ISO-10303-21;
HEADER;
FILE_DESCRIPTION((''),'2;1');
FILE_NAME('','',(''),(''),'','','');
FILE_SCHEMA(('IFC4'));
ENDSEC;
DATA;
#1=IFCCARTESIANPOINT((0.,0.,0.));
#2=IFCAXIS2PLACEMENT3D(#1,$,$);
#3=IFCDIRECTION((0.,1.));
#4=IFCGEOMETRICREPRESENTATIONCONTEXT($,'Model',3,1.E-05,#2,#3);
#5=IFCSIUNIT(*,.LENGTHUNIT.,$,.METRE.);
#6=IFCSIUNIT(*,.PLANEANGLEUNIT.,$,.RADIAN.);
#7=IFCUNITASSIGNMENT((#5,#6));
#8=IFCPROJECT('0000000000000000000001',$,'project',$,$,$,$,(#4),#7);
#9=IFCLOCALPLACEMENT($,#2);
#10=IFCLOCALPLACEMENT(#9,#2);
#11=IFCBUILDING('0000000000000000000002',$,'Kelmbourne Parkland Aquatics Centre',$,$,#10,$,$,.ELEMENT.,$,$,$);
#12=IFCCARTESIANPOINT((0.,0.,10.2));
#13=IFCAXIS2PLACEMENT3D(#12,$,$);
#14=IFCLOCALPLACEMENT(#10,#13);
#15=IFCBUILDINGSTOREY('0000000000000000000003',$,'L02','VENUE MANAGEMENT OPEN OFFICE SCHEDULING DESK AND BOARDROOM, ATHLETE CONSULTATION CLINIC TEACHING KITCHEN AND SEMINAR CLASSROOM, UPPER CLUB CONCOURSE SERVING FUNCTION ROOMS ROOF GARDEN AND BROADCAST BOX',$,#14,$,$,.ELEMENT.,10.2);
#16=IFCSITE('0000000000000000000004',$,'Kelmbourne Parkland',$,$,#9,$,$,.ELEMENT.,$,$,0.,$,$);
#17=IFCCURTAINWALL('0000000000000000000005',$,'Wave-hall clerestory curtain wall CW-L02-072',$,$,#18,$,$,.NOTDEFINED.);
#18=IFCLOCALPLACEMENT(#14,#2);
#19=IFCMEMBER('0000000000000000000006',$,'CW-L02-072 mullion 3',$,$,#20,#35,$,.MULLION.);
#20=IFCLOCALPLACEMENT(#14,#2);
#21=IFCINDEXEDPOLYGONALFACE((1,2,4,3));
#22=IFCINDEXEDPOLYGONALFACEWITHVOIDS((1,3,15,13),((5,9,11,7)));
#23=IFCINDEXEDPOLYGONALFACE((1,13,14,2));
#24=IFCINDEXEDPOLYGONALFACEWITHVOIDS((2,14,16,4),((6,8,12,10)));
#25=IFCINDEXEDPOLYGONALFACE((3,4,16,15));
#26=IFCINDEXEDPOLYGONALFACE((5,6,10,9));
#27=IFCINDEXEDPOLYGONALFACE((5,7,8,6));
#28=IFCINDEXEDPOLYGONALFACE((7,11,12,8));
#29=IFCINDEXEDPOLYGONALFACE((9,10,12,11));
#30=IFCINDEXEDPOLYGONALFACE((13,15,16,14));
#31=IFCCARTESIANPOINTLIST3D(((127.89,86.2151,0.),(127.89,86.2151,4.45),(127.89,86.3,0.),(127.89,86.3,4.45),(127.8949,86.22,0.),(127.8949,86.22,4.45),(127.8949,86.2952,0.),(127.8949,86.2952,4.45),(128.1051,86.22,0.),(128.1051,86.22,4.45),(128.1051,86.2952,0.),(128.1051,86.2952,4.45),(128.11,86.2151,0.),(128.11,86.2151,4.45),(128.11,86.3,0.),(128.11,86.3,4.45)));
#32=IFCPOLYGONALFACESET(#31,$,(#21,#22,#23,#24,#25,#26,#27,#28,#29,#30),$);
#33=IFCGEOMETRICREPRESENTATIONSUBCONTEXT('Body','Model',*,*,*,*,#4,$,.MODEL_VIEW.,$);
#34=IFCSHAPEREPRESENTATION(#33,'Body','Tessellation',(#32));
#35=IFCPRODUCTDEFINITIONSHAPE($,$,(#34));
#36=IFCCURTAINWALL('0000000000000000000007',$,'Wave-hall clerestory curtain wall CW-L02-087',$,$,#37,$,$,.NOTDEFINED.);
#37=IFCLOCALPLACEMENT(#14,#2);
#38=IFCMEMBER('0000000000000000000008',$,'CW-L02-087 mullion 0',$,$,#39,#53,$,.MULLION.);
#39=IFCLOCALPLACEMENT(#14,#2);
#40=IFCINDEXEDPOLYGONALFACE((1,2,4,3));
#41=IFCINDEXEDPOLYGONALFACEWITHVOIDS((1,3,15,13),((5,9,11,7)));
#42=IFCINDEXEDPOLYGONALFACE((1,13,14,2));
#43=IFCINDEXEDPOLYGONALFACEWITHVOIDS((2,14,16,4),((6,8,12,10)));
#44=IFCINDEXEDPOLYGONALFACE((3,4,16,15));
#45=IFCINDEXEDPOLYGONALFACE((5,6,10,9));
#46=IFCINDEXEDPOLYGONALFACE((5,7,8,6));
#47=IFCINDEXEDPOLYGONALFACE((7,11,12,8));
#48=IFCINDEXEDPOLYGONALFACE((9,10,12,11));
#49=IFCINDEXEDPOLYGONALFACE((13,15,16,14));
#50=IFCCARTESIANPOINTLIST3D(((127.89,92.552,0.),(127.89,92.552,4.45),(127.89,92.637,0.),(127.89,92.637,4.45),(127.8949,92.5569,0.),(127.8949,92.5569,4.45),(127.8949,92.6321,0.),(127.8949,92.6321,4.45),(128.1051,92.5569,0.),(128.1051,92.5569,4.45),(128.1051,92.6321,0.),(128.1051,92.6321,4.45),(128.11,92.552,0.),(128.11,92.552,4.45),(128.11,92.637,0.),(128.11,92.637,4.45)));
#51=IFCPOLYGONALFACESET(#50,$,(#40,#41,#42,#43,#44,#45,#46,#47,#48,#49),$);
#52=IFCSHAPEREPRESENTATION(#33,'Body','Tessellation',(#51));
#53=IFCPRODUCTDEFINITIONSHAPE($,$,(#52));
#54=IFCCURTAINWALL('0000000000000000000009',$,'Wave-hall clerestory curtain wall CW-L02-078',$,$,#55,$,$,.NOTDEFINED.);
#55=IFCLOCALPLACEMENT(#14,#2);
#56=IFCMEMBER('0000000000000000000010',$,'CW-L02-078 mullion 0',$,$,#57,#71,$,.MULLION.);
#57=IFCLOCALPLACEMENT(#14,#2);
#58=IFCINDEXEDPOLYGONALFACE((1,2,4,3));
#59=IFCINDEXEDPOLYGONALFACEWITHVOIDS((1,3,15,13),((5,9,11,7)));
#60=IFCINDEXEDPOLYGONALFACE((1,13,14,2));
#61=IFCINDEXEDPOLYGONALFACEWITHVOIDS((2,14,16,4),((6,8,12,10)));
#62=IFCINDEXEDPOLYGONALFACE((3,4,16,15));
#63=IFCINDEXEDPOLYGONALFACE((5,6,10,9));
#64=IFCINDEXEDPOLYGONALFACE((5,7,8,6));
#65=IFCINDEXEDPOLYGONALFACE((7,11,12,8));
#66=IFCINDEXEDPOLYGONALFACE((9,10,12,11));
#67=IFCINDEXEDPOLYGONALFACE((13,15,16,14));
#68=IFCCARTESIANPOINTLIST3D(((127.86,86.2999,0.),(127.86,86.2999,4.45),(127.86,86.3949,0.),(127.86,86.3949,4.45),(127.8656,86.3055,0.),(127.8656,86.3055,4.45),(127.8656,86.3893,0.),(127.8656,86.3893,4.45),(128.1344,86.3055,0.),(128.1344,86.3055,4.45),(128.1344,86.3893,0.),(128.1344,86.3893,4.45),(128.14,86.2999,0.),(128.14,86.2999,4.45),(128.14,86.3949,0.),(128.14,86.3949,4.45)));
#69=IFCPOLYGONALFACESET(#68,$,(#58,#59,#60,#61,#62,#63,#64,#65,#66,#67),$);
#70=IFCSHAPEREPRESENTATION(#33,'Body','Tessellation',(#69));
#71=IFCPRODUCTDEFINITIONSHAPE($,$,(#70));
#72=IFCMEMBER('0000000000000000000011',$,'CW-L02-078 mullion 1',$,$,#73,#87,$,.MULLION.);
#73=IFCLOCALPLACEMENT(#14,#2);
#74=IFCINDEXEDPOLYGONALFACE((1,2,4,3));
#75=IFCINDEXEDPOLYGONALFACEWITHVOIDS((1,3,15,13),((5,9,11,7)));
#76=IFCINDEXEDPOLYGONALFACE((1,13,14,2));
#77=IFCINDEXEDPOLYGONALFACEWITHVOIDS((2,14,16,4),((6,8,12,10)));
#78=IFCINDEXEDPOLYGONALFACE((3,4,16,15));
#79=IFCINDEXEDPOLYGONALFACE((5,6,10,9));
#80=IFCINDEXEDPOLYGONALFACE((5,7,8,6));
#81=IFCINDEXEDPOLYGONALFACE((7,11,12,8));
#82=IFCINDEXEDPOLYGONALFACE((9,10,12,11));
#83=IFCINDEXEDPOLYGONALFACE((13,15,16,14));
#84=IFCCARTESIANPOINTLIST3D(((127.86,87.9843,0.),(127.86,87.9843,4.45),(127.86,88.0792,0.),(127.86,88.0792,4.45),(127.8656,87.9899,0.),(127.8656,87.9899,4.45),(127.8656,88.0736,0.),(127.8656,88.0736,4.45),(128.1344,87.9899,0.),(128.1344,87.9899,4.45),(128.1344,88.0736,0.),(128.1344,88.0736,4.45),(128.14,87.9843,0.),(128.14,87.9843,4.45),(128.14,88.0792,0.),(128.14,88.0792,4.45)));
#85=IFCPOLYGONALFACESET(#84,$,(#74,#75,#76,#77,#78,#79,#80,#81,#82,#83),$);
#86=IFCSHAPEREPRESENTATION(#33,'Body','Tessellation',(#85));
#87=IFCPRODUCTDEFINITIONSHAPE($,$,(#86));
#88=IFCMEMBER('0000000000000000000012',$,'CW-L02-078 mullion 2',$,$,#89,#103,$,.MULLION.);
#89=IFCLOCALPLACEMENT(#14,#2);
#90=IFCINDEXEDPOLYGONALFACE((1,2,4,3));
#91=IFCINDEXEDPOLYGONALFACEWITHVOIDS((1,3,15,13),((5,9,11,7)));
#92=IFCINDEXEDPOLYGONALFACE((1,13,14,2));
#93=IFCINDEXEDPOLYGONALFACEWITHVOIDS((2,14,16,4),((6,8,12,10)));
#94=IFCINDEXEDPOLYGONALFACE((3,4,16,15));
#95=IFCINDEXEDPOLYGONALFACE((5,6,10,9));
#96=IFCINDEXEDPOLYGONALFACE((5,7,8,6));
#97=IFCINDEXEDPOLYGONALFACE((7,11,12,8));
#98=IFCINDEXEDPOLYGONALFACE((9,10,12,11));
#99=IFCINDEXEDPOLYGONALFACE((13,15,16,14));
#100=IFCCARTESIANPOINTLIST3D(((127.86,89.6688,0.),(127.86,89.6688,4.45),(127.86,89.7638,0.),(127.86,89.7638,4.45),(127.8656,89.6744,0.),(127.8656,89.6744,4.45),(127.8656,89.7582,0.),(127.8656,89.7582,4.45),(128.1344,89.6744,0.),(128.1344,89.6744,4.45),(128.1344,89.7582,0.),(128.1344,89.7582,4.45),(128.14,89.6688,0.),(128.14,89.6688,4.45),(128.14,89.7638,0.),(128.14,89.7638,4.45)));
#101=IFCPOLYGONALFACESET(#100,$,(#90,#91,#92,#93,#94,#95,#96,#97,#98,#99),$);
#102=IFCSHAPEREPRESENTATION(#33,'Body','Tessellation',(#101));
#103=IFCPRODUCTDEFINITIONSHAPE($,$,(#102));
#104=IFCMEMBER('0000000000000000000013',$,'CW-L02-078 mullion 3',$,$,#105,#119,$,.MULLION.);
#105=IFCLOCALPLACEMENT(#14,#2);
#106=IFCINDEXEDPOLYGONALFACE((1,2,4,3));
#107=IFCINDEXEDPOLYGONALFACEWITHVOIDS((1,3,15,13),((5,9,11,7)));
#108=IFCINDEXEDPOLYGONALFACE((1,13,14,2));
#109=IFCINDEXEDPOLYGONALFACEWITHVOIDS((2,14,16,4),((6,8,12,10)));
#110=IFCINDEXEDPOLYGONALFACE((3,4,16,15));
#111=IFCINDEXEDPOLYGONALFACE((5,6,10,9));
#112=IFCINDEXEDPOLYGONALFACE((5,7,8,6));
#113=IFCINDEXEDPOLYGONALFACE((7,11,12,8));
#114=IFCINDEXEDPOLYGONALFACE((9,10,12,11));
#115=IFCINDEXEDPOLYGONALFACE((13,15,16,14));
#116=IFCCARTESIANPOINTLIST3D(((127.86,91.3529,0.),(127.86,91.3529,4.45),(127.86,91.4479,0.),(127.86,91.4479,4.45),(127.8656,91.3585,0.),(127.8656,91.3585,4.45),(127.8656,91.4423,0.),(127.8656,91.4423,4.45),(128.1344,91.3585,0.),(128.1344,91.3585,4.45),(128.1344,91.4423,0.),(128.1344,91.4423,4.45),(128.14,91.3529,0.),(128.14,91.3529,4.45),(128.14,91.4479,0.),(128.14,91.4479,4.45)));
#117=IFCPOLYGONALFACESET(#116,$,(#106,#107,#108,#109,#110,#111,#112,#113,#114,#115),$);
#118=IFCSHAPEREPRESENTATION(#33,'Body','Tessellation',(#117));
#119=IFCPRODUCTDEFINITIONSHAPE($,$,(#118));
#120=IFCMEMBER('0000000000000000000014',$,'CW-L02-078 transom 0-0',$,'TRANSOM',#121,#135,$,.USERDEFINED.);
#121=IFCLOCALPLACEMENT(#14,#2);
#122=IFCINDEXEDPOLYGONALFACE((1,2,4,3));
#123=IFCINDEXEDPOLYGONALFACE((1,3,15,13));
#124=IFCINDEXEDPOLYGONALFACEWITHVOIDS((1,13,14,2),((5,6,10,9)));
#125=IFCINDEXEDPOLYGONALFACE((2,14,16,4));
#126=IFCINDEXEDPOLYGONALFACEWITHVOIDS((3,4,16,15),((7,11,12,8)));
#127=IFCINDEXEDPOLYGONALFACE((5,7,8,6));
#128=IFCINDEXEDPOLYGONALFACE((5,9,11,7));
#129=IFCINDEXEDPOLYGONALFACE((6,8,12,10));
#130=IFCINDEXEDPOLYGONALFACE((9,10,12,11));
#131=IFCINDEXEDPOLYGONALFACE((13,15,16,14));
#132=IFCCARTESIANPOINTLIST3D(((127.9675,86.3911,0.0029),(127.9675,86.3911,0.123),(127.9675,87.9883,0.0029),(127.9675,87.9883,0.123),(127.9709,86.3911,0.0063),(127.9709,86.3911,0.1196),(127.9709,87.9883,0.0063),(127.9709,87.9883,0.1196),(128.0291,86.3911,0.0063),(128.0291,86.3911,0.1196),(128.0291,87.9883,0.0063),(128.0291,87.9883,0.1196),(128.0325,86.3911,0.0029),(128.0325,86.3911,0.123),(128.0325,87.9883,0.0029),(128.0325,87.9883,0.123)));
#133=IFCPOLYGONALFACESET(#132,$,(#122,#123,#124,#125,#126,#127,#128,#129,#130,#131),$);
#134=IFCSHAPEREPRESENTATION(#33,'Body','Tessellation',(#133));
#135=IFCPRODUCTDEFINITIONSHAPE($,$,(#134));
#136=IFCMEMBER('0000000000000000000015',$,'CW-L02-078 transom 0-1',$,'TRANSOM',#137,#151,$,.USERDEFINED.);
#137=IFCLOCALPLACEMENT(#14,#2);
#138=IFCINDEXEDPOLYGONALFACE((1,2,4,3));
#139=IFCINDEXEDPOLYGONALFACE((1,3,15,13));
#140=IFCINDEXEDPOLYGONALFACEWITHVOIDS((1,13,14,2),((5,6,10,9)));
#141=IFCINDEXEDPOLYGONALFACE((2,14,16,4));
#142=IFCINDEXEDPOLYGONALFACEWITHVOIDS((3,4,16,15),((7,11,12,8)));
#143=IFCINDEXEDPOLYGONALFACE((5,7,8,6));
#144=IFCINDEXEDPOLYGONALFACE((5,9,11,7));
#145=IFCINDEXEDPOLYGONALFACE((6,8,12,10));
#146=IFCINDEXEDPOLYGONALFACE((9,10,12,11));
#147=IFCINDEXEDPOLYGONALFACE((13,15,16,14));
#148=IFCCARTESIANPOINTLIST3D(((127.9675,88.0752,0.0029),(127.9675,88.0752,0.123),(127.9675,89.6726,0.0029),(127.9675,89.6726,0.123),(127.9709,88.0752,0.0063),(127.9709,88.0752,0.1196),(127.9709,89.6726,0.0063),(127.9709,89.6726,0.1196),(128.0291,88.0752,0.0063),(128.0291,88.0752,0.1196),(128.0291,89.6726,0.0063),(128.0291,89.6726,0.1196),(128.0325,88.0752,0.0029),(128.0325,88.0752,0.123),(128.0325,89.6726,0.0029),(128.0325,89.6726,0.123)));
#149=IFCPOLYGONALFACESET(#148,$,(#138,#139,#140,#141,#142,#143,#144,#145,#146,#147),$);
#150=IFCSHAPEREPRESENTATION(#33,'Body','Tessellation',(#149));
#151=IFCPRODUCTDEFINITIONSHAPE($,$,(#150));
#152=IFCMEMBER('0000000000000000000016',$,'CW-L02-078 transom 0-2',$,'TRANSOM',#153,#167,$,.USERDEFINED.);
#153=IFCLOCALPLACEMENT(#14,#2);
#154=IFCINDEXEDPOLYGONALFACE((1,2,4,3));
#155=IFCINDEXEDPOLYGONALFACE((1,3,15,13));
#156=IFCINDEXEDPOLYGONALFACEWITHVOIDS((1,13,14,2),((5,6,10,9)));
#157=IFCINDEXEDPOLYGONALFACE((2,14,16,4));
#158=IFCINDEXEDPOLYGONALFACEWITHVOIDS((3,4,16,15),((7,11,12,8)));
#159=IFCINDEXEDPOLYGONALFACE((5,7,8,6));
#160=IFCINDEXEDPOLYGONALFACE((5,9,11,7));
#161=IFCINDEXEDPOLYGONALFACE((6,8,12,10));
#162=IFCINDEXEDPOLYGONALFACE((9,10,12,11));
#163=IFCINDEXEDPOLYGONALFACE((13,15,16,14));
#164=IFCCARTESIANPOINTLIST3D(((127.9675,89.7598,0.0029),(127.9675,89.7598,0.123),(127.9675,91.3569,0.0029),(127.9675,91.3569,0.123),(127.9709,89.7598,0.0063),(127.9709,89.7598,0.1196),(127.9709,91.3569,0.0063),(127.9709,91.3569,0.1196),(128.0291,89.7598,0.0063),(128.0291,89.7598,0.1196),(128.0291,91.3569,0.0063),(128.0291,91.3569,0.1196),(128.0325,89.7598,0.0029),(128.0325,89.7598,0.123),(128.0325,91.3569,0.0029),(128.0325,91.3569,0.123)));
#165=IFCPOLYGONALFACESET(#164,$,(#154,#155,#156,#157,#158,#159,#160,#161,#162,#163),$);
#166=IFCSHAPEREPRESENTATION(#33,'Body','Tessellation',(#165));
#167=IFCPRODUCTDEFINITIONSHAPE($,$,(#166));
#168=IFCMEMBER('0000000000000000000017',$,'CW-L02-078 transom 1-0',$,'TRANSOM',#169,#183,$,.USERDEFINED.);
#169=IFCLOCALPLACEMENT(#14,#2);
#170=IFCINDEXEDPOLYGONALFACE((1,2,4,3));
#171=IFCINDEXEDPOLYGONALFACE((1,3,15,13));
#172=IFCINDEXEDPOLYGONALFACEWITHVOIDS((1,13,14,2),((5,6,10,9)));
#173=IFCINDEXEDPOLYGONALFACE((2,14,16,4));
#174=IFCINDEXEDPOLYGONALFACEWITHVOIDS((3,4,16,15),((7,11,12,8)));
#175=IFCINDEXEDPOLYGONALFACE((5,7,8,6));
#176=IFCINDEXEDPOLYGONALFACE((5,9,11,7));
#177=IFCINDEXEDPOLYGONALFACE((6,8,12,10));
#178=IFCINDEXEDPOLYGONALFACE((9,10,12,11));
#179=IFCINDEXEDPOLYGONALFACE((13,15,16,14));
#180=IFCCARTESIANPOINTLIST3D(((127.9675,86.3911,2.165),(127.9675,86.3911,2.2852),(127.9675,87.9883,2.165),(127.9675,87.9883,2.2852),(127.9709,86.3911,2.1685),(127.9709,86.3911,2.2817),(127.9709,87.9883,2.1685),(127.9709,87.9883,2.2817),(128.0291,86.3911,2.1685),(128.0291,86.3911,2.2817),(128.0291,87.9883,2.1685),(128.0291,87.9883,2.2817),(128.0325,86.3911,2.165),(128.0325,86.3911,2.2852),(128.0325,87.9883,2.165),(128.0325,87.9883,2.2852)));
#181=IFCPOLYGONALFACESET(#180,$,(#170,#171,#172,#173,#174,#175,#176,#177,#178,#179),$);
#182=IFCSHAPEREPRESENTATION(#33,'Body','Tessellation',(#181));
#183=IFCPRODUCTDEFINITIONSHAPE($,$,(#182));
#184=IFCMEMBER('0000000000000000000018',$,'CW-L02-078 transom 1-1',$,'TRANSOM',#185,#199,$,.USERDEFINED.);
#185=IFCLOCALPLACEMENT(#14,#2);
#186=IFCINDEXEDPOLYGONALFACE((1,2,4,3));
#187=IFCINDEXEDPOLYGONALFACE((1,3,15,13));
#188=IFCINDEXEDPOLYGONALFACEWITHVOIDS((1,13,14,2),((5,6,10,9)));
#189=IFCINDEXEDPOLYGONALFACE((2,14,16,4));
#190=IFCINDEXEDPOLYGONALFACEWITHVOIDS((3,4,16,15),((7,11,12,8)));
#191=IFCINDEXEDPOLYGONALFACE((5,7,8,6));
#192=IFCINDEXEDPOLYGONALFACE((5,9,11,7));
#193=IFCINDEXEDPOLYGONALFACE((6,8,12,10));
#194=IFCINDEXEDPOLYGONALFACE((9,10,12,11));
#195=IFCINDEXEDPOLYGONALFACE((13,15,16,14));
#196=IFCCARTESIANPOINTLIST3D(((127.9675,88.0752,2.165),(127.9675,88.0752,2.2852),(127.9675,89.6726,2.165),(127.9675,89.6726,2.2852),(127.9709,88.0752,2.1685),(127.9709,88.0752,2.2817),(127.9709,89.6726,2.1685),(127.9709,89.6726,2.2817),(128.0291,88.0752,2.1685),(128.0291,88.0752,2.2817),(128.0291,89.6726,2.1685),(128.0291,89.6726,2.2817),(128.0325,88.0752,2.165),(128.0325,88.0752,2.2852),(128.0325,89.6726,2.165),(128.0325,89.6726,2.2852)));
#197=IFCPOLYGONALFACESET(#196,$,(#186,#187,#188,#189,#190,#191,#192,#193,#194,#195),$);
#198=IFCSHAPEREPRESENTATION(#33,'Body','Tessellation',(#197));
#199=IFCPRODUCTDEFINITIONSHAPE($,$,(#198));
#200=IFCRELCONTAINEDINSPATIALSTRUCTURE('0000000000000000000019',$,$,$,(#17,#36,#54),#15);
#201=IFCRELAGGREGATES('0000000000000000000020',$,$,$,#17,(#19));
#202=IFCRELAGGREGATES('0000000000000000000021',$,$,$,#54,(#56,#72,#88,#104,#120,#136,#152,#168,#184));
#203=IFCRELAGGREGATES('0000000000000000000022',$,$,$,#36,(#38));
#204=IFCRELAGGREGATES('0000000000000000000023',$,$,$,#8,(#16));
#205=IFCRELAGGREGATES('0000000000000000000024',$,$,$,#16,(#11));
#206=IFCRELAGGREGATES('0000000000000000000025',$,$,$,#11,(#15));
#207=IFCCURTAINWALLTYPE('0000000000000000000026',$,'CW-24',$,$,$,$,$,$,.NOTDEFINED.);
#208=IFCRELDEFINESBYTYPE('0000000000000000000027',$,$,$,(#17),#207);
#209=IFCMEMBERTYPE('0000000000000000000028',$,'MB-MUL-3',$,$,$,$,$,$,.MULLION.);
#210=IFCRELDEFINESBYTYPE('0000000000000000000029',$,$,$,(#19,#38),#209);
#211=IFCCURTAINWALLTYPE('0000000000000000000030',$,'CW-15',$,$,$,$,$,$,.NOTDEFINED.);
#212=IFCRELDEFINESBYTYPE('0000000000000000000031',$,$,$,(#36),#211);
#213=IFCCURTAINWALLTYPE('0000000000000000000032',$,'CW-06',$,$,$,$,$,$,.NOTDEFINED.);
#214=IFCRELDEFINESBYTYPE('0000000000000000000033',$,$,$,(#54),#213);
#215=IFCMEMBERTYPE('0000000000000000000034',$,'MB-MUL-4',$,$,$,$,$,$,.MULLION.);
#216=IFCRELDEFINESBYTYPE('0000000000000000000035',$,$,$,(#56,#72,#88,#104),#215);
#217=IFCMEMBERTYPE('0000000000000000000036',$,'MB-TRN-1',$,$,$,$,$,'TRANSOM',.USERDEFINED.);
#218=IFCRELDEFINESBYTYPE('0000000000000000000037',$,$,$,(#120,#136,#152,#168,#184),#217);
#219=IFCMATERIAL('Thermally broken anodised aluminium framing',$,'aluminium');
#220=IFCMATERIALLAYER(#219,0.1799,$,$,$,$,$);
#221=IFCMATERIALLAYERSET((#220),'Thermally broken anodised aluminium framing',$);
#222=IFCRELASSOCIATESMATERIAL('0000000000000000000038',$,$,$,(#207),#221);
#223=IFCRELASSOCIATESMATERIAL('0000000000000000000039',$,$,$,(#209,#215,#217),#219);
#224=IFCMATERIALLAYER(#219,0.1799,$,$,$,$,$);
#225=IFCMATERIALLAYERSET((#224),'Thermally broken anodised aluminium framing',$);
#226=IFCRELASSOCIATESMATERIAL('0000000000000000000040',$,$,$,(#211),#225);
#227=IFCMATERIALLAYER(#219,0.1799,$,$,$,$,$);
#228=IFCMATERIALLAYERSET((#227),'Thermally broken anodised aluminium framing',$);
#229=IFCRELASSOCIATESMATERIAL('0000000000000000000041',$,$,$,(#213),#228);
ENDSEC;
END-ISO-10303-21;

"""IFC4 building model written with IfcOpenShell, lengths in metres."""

from ifc_helpers import new_model, si_unit, direction, frame, origin, origin_2d, place, context, subcontext, project, spatial, hollow_rectangle, extrude, material, layer, layer_set, material_profile, profile_set, type_object, element, aggregate, save


model = new_model("IFC4")

# Units and contexts
model_context = context("Model", 3, precision=1e-05, world=origin(), true_north=direction((0.0, 1.0)))
body_context = subcontext(model_context, "Body", "Model", "MODEL_VIEW")
ifc_project = project(units=[si_unit("LENGTHUNIT", "METRE"), si_unit("PLANEANGLEUNIT", "RADIAN")], contexts=[model_context])

# Site, building, storey
site_placement = place(None, origin())
site = spatial("IfcSite", under=ifc_project, at=site_placement, Name="Kelmbourne Parkland", CompositionType="ELEMENT", RefElevation=0.0)
building_placement = place(site_placement, origin())
building = spatial("IfcBuilding", under=site, at=building_placement, Name="Kelmbourne Parkland Aquatics Centre", CompositionType="ELEMENT")
storey_placement = place(building_placement, frame((0.0, 0.0, 10.2)))
storey = spatial("IfcBuildingStorey", under=building, at=storey_placement, Name="L02", Description="VENUE MANAGEMENT OPEN OFFICE SCHEDULING DESK AND BOARDROOM, ATHLETE CONSULTATION CLINIC TEACHING KITCHEN AND SEMINAR CLASSROOM, UPPER CLUB CONCOURSE SERVING FUNCTION ROOMS ROOF GARDEN AND BROADCAST BOX", CompositionType="ELEMENT", Elevation=10.2)

# Curtain walls, members
ifc_material_1 = material(Name="Thermally broken anodised aluminium framing", Category="aluminium")
ifc_layer_1 = layer(ifc_material_1, 0.1799)
ifc_layer_set_1 = layer_set([ifc_layer_1], Name="Thermally broken anodised aluminium framing")
curtain_wall_type_1 = type_object("IfcCurtainWallType", Name="CW-24", PredefinedType="NOTDEFINED", material=ifc_layer_set_1)
curtain_wall_1_placement = place(storey_placement, origin())
curtain_wall_1 = element("IfcCurtainWall", 1, at=curtain_wall_1_placement, inside=storey, type_object=curtain_wall_type_1, Name="Wave-hall clerestory curtain wall CW-L02-072", PredefinedType="NOTDEFINED")
ifc_material_profile_1 = material_profile(ifc_material_1, hollow_rectangle(XDim=0.085, YDim=0.22, WallThickness=0.0049, at=origin_2d()), Name="CW-M 85x220")
ifc_profile_set_1 = profile_set([ifc_material_profile_1], Name="Thermally broken anodised aluminium framing")
member_type_1 = type_object("IfcMemberType", Name="MB-MUL-3", PredefinedType="MULLION", material=ifc_profile_set_1)
member_1_placement = place(storey_placement, frame((128.0, 86.2576, 0.0), z_axis=(0.0, 0.0, 1.0), x_axis=(0.0, 1.0, 0.0)))
member_1 = element("IfcMember", 2, at=member_1_placement, type_object=member_type_1, Name="CW-L02-072 mullion 3", PredefinedType="MULLION", context=body_context, shape_type="SweptSolid", body=[
    extrude(hollow_rectangle(XDim=0.085, YDim=0.22, WallThickness=0.0049, at=origin_2d()), origin(), (0.0, 0.0, 1.0), 4.45),
])
ifc_layer_2 = layer(ifc_material_1, 0.1799)
ifc_layer_set_2 = layer_set([ifc_layer_2], Name="Thermally broken anodised aluminium framing")
curtain_wall_type_2 = type_object("IfcCurtainWallType", Name="CW-15", PredefinedType="NOTDEFINED", material=ifc_layer_set_2)
curtain_wall_2_placement = place(storey_placement, origin())
curtain_wall_2 = element("IfcCurtainWall", 3, at=curtain_wall_2_placement, inside=storey, type_object=curtain_wall_type_2, Name="Wave-hall clerestory curtain wall CW-L02-087", PredefinedType="NOTDEFINED")
member_2_placement = place(storey_placement, frame((128.0, 92.5945, 0.0), z_axis=(0.0, 0.0, 1.0), x_axis=(0.0, 1.0, 0.0)))
member_2 = element("IfcMember", 4, at=member_2_placement, type_object=member_type_1, Name="CW-L02-087 mullion 0", PredefinedType="MULLION", context=body_context, shape_type="SweptSolid", body=[
    extrude(hollow_rectangle(XDim=0.085, YDim=0.22, WallThickness=0.0049, at=origin_2d()), origin(), (0.0, 0.0, 1.0), 4.45),
])

# Curtain wall, members
ifc_layer_3 = layer(ifc_material_1, 0.1799)
ifc_layer_set_3 = layer_set([ifc_layer_3], Name="Thermally broken anodised aluminium framing")
curtain_wall_type_3 = type_object("IfcCurtainWallType", Name="CW-06", PredefinedType="NOTDEFINED", material=ifc_layer_set_3)
curtain_wall_3_placement = place(storey_placement, origin())
curtain_wall_3 = element("IfcCurtainWall", 5, at=curtain_wall_3_placement, inside=storey, type_object=curtain_wall_type_3, Name="Wave-hall clerestory curtain wall CW-L02-078", PredefinedType="NOTDEFINED")
ifc_material_profile_2 = material_profile(ifc_material_1, hollow_rectangle(XDim=0.095, YDim=0.28, WallThickness=0.0056, at=origin_2d()), Name="CW-M 95x280")
ifc_profile_set_2 = profile_set([ifc_material_profile_2], Name="Thermally broken anodised aluminium framing")
member_type_2 = type_object("IfcMemberType", Name="MB-MUL-4", PredefinedType="MULLION", material=ifc_profile_set_2)
member_3_placement = place(storey_placement, frame((128.0, 86.3474, 0.0), z_axis=(0.0, 0.0, 1.0), x_axis=(0.0, 1.0, 0.0)))
member_3 = element("IfcMember", 6, at=member_3_placement, type_object=member_type_2, Name="CW-L02-078 mullion 0", PredefinedType="MULLION", context=body_context, shape_type="SweptSolid", body=[
    extrude(hollow_rectangle(XDim=0.095, YDim=0.28, WallThickness=0.0056, at=origin_2d()), origin(), (0.0, 0.0, 1.0), 4.45),
])
member_4_placement = place(storey_placement, frame((128.0, 88.0317, 0.0), z_axis=(0.0, 0.0, 1.0), x_axis=(0.0, 1.0, 0.0)))
member_4 = element("IfcMember", 7, at=member_4_placement, type_object=member_type_2, Name="CW-L02-078 mullion 1", PredefinedType="MULLION", context=body_context, shape_type="SweptSolid", body=[
    extrude(hollow_rectangle(XDim=0.095, YDim=0.28, WallThickness=0.0056, at=origin_2d()), origin(), (0.0, 0.0, 1.0), 4.45),
])
member_5_placement = place(storey_placement, frame((128.0, 89.7163, 0.0), z_axis=(0.0, 0.0, 1.0), x_axis=(0.0, 1.0, 0.0)))
member_5 = element("IfcMember", 8, at=member_5_placement, type_object=member_type_2, Name="CW-L02-078 mullion 2", PredefinedType="MULLION", context=body_context, shape_type="SweptSolid", body=[
    extrude(hollow_rectangle(XDim=0.095, YDim=0.28, WallThickness=0.0056, at=origin_2d()), origin(), (0.0, 0.0, 1.0), 4.45),
])
member_6_placement = place(storey_placement, frame((128.0, 91.4004, 0.0), z_axis=(0.0, 0.0, 1.0), x_axis=(0.0, 1.0, 0.0)))
member_6 = element("IfcMember", 9, at=member_6_placement, type_object=member_type_2, Name="CW-L02-078 mullion 3", PredefinedType="MULLION", context=body_context, shape_type="SweptSolid", body=[
    extrude(hollow_rectangle(XDim=0.095, YDim=0.28, WallThickness=0.0056, at=origin_2d()), origin(), (0.0, 0.0, 1.0), 4.45),
])
ifc_material_profile_3 = material_profile(ifc_material_1, hollow_rectangle(XDim=0.0649, YDim=0.1201, WallThickness=0.0034, at=origin_2d()), Name="CW-T 65x120")
ifc_profile_set_3 = profile_set([ifc_material_profile_3], Name="Thermally broken anodised aluminium framing")
member_type_3 = type_object("IfcMemberType", Name="MB-TRN-1", ElementType="TRANSOM", PredefinedType="USERDEFINED", material=ifc_profile_set_3)
member_7_placement = place(storey_placement, frame((128.0, 86.3911, 0.063), z_axis=(0.0, 1.0, 0.0), x_axis=(-1.0, 0.0, 0.0)))
member_7 = element("IfcMember", 10, at=member_7_placement, type_object=member_type_3, Name="CW-L02-078 transom 0-0", ObjectType="TRANSOM", PredefinedType="USERDEFINED", context=body_context, shape_type="SweptSolid", body=[
    extrude(hollow_rectangle(XDim=0.0649, YDim=0.1201, WallThickness=0.0034, at=origin_2d()), origin(), (0.0, 0.0, 1.0), 1.5972),
])
member_8_placement = place(storey_placement, frame((128.0, 88.0752, 0.063), z_axis=(0.0, 1.0, 0.0), x_axis=(-1.0, 0.0, 0.0)))
member_8 = element("IfcMember", 11, at=member_8_placement, type_object=member_type_3, Name="CW-L02-078 transom 0-1", ObjectType="TRANSOM", PredefinedType="USERDEFINED", context=body_context, shape_type="SweptSolid", body=[
    extrude(hollow_rectangle(XDim=0.0649, YDim=0.1201, WallThickness=0.0034, at=origin_2d()), origin(), (0.0, 0.0, 1.0), 1.5974),
])
member_9_placement = place(storey_placement, frame((128.0, 89.7598, 0.063), z_axis=(0.0, 1.0, 0.0), x_axis=(-1.0, 0.0, 0.0)))
member_9 = element("IfcMember", 12, at=member_9_placement, type_object=member_type_3, Name="CW-L02-078 transom 0-2", ObjectType="TRANSOM", PredefinedType="USERDEFINED", context=body_context, shape_type="SweptSolid", body=[
    extrude(hollow_rectangle(XDim=0.0649, YDim=0.1201, WallThickness=0.0034, at=origin_2d()), origin(), (0.0, 0.0, 1.0), 1.5972),
])
member_10_placement = place(storey_placement, frame((128.0, 86.3911, 2.2251), z_axis=(0.0, 1.0, 0.0), x_axis=(-1.0, 0.0, 0.0)))
member_10 = element("IfcMember", 13, at=member_10_placement, type_object=member_type_3, Name="CW-L02-078 transom 1-0", ObjectType="TRANSOM", PredefinedType="USERDEFINED", context=body_context, shape_type="SweptSolid", body=[
    extrude(hollow_rectangle(XDim=0.0649, YDim=0.1201, WallThickness=0.0034, at=origin_2d()), origin(), (0.0, 0.0, 1.0), 1.5972),
])
member_11_placement = place(storey_placement, frame((128.0, 88.0752, 2.2251), z_axis=(0.0, 1.0, 0.0), x_axis=(-1.0, 0.0, 0.0)))
member_11 = element("IfcMember", 14, at=member_11_placement, type_object=member_type_3, Name="CW-L02-078 transom 1-1", ObjectType="TRANSOM", PredefinedType="USERDEFINED", context=body_context, shape_type="SweptSolid", body=[
    extrude(hollow_rectangle(XDim=0.0649, YDim=0.1201, WallThickness=0.0034, at=origin_2d()), origin(), (0.0, 0.0, 1.0), 1.5974),
])

aggregate(curtain_wall_1, [member_1])
aggregate(curtain_wall_3, [member_3, member_4, member_5, member_6, member_7, member_8, member_9, member_10, member_11])
aggregate(curtain_wall_2, [member_2])

save(model, "model.ifc")
